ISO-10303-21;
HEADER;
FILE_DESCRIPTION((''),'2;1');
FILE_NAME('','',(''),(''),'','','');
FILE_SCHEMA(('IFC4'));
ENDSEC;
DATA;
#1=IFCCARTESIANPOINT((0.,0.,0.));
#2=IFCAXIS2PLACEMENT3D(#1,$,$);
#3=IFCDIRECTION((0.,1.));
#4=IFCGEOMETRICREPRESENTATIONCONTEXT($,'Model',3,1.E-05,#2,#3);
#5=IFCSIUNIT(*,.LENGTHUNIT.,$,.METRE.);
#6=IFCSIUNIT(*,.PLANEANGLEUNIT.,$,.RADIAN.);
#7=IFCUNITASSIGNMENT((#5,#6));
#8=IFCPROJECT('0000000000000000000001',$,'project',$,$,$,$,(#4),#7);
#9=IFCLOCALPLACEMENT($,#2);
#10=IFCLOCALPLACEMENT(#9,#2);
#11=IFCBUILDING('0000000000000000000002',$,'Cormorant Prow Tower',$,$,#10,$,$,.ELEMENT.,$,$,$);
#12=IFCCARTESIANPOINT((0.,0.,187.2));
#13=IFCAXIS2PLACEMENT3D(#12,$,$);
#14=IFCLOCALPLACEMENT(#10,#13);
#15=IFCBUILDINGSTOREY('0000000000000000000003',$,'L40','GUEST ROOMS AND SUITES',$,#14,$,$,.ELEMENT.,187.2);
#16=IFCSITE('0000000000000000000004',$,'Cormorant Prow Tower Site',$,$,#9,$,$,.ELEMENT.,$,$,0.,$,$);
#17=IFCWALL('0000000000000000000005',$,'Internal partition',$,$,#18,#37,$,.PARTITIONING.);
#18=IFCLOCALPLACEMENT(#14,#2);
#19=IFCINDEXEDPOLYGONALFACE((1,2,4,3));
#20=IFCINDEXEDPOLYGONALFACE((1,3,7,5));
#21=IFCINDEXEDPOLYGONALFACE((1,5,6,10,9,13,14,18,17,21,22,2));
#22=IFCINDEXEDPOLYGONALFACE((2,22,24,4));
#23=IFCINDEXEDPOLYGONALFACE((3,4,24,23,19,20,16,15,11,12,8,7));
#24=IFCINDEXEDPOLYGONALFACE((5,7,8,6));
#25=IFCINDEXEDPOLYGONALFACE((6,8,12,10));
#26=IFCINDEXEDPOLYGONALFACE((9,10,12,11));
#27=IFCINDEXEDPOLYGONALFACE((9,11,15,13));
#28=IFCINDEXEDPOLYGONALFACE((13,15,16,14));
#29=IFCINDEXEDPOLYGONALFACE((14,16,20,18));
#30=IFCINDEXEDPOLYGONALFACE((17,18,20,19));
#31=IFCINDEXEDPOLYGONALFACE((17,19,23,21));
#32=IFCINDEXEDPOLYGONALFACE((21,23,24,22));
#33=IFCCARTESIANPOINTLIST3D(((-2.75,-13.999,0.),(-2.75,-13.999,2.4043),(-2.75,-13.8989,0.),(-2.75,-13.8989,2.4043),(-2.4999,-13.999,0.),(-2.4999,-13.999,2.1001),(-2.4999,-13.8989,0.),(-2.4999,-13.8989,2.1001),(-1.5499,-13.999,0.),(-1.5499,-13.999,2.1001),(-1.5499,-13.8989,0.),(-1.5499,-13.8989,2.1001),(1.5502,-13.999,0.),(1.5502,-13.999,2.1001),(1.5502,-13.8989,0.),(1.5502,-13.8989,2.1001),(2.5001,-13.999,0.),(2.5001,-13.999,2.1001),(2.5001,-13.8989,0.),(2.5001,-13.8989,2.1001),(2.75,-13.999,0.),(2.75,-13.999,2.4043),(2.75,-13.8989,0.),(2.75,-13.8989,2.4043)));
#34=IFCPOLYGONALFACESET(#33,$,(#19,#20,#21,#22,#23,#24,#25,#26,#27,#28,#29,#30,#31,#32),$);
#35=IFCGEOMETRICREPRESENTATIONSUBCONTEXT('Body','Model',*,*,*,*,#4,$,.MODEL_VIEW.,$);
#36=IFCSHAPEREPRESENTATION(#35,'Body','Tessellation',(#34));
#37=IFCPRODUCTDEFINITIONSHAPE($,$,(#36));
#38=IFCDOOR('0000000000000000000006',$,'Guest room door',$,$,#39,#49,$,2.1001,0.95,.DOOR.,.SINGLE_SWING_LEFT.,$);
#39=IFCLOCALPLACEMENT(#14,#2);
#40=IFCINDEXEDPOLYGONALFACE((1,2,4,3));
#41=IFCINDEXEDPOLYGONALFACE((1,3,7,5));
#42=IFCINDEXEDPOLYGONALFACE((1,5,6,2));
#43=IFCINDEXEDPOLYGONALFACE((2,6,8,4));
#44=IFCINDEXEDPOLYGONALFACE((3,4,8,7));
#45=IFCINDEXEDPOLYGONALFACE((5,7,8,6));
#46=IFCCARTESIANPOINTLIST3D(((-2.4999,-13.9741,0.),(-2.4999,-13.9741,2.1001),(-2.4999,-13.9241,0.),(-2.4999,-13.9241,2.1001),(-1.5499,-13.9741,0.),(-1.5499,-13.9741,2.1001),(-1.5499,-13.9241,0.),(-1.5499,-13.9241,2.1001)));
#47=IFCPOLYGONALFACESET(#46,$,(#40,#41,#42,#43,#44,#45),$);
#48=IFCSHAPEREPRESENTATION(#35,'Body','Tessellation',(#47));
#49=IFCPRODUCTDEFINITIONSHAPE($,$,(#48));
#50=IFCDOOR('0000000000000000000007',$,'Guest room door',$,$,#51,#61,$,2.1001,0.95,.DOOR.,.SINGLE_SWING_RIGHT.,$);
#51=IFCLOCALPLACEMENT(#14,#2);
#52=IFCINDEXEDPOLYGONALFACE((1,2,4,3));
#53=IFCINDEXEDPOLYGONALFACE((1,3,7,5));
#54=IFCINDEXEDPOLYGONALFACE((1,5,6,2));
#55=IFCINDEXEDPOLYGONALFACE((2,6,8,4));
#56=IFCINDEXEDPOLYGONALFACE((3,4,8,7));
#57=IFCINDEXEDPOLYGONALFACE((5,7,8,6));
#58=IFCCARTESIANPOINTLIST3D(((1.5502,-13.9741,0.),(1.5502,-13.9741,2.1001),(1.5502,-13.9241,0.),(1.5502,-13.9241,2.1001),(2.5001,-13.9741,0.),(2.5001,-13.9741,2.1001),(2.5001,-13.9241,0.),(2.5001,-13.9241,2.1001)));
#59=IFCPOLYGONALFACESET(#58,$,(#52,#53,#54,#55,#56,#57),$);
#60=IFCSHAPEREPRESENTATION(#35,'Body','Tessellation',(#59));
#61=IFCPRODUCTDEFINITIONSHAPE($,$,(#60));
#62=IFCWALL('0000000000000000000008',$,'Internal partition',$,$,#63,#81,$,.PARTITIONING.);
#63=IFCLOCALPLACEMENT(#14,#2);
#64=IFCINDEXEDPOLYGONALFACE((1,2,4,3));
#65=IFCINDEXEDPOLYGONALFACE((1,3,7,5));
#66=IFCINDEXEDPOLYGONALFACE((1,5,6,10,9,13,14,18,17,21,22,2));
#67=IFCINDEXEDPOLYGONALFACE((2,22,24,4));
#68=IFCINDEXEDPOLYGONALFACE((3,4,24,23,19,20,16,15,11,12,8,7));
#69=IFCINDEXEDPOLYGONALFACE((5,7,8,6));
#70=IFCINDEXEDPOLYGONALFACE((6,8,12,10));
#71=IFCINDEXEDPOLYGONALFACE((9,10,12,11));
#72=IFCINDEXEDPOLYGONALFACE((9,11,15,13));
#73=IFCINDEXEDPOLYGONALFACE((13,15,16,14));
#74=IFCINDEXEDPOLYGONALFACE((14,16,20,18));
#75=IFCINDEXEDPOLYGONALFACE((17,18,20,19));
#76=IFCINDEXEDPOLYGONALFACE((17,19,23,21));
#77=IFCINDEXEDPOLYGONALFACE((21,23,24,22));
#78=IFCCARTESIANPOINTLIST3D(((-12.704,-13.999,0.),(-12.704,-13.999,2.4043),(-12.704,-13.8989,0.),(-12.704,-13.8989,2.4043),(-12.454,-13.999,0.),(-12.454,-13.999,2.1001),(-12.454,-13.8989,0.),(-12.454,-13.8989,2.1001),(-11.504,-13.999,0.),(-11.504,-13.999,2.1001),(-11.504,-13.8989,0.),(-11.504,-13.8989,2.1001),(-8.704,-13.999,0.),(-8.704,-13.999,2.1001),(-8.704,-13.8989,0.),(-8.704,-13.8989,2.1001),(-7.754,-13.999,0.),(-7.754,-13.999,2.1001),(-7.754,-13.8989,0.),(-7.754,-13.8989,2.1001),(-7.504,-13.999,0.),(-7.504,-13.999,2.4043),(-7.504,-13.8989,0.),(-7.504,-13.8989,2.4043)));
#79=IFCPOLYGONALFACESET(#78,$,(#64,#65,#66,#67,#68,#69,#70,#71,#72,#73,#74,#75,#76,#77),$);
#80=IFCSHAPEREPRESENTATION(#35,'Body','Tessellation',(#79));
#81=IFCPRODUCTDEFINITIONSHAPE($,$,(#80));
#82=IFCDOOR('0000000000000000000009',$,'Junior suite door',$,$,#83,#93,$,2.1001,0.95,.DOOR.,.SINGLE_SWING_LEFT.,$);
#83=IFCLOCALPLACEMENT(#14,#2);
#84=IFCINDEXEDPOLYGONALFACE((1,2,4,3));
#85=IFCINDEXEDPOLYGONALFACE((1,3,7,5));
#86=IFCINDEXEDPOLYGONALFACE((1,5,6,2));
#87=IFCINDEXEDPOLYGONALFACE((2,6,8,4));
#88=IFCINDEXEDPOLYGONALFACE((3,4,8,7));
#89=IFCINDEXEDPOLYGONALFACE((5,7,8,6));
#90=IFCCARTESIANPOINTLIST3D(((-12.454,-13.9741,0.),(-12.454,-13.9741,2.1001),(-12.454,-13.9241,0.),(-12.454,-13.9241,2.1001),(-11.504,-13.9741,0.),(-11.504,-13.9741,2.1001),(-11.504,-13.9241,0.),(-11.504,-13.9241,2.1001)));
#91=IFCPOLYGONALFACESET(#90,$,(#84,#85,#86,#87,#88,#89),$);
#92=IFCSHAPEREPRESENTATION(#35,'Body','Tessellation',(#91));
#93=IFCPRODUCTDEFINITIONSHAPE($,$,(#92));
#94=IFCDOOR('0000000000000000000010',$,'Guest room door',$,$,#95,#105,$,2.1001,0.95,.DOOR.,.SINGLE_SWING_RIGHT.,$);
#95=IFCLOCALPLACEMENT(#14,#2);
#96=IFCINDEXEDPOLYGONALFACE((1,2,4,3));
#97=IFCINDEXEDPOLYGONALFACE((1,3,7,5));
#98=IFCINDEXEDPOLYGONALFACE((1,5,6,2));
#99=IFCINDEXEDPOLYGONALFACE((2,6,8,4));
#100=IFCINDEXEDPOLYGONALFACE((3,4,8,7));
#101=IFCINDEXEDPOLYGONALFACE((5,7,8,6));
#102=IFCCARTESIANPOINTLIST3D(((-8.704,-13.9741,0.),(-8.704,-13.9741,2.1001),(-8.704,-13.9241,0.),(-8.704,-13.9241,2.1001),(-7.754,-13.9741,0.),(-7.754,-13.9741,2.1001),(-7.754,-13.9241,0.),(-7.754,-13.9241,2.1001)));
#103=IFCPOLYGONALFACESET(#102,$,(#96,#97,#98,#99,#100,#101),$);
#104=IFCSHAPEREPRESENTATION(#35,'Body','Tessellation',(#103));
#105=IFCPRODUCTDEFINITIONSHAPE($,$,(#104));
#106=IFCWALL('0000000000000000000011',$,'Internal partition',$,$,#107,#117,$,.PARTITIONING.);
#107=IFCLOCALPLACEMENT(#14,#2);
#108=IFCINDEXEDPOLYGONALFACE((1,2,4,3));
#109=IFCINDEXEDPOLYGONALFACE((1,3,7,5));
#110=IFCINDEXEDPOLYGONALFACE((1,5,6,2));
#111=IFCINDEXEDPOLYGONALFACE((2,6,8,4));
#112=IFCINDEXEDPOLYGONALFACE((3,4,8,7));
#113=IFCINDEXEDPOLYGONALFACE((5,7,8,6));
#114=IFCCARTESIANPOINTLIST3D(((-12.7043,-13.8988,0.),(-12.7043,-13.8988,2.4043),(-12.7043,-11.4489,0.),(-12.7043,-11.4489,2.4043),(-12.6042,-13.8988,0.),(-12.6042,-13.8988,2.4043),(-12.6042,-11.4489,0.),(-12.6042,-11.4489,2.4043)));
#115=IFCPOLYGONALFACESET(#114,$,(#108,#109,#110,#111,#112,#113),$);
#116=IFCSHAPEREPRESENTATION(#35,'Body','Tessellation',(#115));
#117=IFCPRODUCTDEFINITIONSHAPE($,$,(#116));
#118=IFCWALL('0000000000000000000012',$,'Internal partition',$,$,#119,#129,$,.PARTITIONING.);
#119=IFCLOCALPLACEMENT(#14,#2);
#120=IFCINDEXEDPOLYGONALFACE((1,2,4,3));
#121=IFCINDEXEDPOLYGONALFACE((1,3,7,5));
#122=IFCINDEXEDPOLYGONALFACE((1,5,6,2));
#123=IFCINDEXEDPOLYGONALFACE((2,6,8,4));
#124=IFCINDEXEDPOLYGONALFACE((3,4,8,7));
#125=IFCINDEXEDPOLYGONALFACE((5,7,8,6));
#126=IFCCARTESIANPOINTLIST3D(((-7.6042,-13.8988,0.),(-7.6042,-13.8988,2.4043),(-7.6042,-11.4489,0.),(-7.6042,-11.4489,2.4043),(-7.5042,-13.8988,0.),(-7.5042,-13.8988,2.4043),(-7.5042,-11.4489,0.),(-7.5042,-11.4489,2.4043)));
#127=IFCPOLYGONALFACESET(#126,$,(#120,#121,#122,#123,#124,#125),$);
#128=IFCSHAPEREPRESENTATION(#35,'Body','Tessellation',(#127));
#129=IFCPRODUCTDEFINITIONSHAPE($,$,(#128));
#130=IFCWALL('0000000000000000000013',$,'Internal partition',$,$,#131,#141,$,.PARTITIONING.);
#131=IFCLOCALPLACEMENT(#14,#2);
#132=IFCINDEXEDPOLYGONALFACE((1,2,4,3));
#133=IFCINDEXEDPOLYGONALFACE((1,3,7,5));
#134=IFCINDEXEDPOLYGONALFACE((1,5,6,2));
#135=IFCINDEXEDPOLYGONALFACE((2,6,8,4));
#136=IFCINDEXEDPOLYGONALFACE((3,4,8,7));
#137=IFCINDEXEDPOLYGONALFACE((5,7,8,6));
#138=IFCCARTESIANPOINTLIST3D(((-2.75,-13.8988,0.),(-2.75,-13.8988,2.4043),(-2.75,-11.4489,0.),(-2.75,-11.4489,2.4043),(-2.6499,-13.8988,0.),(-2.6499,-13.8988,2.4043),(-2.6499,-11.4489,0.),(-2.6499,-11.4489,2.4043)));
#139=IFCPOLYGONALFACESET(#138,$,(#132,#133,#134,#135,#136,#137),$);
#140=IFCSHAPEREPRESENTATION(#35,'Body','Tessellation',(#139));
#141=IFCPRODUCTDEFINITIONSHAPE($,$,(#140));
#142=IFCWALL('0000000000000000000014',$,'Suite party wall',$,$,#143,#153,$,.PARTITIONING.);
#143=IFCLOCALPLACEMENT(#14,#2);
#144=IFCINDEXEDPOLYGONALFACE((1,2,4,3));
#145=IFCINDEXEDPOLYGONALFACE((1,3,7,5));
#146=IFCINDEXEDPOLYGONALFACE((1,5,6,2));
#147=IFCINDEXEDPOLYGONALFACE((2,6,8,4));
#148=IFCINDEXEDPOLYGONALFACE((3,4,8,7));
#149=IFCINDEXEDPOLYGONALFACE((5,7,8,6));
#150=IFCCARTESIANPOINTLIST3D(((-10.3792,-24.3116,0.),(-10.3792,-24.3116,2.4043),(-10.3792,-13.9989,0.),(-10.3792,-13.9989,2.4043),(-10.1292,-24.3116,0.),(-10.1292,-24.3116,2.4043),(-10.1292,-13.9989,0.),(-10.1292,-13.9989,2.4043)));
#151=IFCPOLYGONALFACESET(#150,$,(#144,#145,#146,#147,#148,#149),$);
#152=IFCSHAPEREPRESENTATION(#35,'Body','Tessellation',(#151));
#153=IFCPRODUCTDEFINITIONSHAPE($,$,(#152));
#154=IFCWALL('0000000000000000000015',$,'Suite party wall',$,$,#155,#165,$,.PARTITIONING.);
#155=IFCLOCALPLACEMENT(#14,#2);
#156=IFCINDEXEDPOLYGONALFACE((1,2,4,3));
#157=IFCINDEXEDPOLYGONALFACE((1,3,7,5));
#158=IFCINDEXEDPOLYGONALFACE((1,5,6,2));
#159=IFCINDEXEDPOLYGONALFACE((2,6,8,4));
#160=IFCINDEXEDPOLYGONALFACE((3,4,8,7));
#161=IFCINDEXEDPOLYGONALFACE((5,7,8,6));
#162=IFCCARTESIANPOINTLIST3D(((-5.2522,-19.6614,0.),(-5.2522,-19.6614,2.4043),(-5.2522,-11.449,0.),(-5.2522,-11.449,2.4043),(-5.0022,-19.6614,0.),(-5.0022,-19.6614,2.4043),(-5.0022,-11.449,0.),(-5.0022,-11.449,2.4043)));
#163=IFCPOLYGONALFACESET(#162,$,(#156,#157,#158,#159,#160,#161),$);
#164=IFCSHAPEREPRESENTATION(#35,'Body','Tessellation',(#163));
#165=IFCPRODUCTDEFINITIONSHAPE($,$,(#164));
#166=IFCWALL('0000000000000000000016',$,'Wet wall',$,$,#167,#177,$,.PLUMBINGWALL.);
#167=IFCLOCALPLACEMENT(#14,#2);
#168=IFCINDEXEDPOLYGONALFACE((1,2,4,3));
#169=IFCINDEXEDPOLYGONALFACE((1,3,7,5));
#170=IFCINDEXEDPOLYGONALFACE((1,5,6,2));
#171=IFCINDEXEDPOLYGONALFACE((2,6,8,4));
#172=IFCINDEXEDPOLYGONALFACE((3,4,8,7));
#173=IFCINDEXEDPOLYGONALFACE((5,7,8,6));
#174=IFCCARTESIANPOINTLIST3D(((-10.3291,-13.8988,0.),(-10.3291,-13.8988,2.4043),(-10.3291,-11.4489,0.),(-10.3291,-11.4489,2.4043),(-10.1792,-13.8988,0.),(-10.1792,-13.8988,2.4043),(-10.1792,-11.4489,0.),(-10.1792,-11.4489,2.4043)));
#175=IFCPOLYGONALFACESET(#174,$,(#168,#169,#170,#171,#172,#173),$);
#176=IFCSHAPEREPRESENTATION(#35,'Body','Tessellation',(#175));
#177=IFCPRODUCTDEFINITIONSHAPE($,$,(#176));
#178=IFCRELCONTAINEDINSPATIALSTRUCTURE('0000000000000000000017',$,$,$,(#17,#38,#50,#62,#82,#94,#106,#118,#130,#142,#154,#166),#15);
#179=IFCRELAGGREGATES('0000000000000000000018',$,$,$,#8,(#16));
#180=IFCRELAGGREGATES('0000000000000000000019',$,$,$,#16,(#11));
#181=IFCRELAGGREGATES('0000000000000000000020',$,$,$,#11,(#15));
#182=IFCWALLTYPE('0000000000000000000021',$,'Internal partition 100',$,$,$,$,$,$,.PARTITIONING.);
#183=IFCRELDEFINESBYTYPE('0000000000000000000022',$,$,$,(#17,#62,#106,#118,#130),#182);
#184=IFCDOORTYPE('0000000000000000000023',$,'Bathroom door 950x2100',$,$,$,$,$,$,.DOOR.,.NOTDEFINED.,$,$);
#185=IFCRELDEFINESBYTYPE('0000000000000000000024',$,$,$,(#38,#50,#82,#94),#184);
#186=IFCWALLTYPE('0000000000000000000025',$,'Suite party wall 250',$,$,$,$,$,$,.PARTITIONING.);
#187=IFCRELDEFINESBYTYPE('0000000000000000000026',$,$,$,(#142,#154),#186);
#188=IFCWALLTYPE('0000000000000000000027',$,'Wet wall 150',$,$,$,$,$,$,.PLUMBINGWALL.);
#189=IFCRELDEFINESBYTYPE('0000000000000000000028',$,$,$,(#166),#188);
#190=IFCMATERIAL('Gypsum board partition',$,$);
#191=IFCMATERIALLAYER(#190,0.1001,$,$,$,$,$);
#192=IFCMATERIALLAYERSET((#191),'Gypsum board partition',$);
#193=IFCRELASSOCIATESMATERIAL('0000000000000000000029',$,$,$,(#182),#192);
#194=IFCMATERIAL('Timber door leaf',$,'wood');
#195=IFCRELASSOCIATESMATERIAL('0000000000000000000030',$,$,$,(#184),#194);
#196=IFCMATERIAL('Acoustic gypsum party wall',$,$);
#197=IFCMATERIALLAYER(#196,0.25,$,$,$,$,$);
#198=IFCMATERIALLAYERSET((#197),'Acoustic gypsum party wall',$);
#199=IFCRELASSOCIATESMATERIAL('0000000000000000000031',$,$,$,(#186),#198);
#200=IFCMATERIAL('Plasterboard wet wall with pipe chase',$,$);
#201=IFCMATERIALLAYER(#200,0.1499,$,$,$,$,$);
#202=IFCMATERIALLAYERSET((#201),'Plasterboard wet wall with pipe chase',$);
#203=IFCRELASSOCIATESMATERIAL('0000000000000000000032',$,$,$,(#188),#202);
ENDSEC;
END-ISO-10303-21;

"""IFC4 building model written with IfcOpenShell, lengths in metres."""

from ifc_helpers import new_model, si_unit, direction, frame, frame_2d, origin, place, context, subcontext, project, spatial, rectangle, extrude, material, layer, layer_set, type_object, element, fill, save


model = new_model("IFC4")

# Units and contexts
model_context = context("Model", 3, precision=1e-05, world=origin(), true_north=direction((0.0, 1.0)))
body_context = subcontext(model_context, "Body", "Model", "MODEL_VIEW")
ifc_project = project(units=[si_unit("LENGTHUNIT", "METRE"), si_unit("PLANEANGLEUNIT", "RADIAN")], contexts=[model_context])

# Site, building, storey
site_placement = place(None, origin())
site = spatial("IfcSite", under=ifc_project, at=site_placement, Name="Cormorant Prow Tower Site", CompositionType="ELEMENT", RefElevation=0.0)
building_placement = place(site_placement, origin())
building = spatial("IfcBuilding", under=site, at=building_placement, Name="Cormorant Prow Tower", CompositionType="ELEMENT")
storey_placement = place(building_placement, frame((0.0, 0.0, 187.2)))
storey = spatial("IfcBuildingStorey", under=building, at=storey_placement, Name="L40", Description="GUEST ROOMS AND SUITES", CompositionType="ELEMENT", Elevation=187.2)

# Walls, openings, doors
ifc_material_1 = material(Name="Gypsum board partition")
ifc_layer_1 = layer(ifc_material_1, 0.1001)
ifc_layer_set_1 = layer_set([ifc_layer_1], Name="Gypsum board partition")
wall_type_1 = type_object("IfcWallType", Name="Internal partition 100", PredefinedType="PARTITIONING", material=ifc_layer_set_1)
wall_1_placement = place(storey_placement, frame((-2.75, -13.949, 0.0), z_axis=(0.0, 0.0, 1.0), x_axis=(1.0, 0.0, 0.0)))
wall_1 = element("IfcWall", 1, at=wall_1_placement, inside=storey, type_object=wall_type_1, Name="Internal partition", PredefinedType="PARTITIONING", context=body_context, shape_type="SweptSolid", body=[
    extrude(rectangle(XDim=5.5, YDim=0.1001, at=frame_2d((2.75, 0.0))), origin(), (0.0, 0.0, 1.0), 2.4043),
])
opening_1_placement = place(wall_1_placement, frame((0.25, 0.0, 0.0)))
opening_1 = element("IfcOpeningElement", 2, at=opening_1_placement, cuts=wall_1, PredefinedType="OPENING", context=body_context, shape_type="SweptSolid", body=[
    extrude(rectangle(XDim=0.95, YDim=2.1001, at=frame_2d((0.4751, 1.05))), frame((0.0, 0.0601, 0.0), z_axis=(0.0, -1.0, 0.0), x_axis=(1.0, 0.0, 0.0)), (0.0, 0.0, 1.0), 0.1201),
])
opening_2_placement = place(wall_1_placement, frame((4.3, 0.0, 0.0)))
opening_2 = element("IfcOpeningElement", 3, at=opening_2_placement, cuts=wall_1, PredefinedType="OPENING", context=body_context, shape_type="SweptSolid", body=[
    extrude(rectangle(XDim=0.95, YDim=2.1001, at=frame_2d((0.4751, 1.05))), frame((0.0, 0.0601, 0.0), z_axis=(0.0, -1.0, 0.0), x_axis=(1.0, 0.0, 0.0)), (0.0, 0.0, 1.0), 0.1201),
])
ifc_material_2 = material(Name="Timber door leaf", Category="wood")
door_type_1 = type_object("IfcDoorType", Name="Bathroom door 950x2100", OperationType="NOTDEFINED", PredefinedType="DOOR", material=ifc_material_2)
door_1_placement = place(opening_1_placement, origin())
door_1 = element("IfcDoor", 4, at=door_1_placement, inside=storey, type_object=door_type_1, Name="Guest room door", OperationType="SINGLE_SWING_LEFT", OverallHeight=2.1001, OverallWidth=0.95, PredefinedType="DOOR", context=body_context, shape_type="SweptSolid", body=[
    extrude(rectangle(XDim=0.95, YDim=2.1001, at=frame_2d((0.4751, 1.05))), frame((0.0, 0.0249, 0.0), z_axis=(0.0, -1.0, 0.0), x_axis=(1.0, 0.0, 0.0)), (0.0, 0.0, 1.0), 0.05),
])
fill(opening_1, door_1)
door_2_placement = place(opening_2_placement, origin())
door_2 = element("IfcDoor", 5, at=door_2_placement, inside=storey, type_object=door_type_1, Name="Guest room door", OperationType="SINGLE_SWING_RIGHT", OverallHeight=2.1001, OverallWidth=0.95, PredefinedType="DOOR", context=body_context, shape_type="SweptSolid", body=[
    extrude(rectangle(XDim=0.95, YDim=2.1001, at=frame_2d((0.4751, 1.05))), frame((0.0, 0.0249, 0.0), z_axis=(0.0, -1.0, 0.0), x_axis=(1.0, 0.0, 0.0)), (0.0, 0.0, 1.0), 0.05),
])
fill(opening_2, door_2)
wall_2_placement = place(storey_placement, frame((-12.7041, -13.949, 0.0), z_axis=(0.0, 0.0, 1.0), x_axis=(1.0, 0.0, 0.0)))
wall_2 = element("IfcWall", 6, at=wall_2_placement, inside=storey, type_object=wall_type_1, Name="Internal partition", PredefinedType="PARTITIONING", context=body_context, shape_type="SweptSolid", body=[
    extrude(rectangle(XDim=5.2, YDim=0.1001, at=frame_2d((2.6001, 0.0))), origin(), (0.0, 0.0, 1.0), 2.4043),
])
opening_3_placement = place(wall_2_placement, frame((0.25, 0.0, 0.0)))
opening_3 = element("IfcOpeningElement", 7, at=opening_3_placement, cuts=wall_2, PredefinedType="OPENING", context=body_context, shape_type="SweptSolid", body=[
    extrude(rectangle(XDim=0.95, YDim=2.1001, at=frame_2d((0.4751, 1.05))), frame((0.0, 0.0601, 0.0), z_axis=(0.0, -1.0, 0.0), x_axis=(1.0, 0.0, 0.0)), (0.0, 0.0, 1.0), 0.1201),
])
opening_4_placement = place(wall_2_placement, frame((4.0, 0.0, 0.0)))
opening_4 = element("IfcOpeningElement", 8, at=opening_4_placement, cuts=wall_2, PredefinedType="OPENING", context=body_context, shape_type="SweptSolid", body=[
    extrude(rectangle(XDim=0.95, YDim=2.1001, at=frame_2d((0.4751, 1.05))), frame((0.0, 0.0601, 0.0), z_axis=(0.0, -1.0, 0.0), x_axis=(1.0, 0.0, 0.0)), (0.0, 0.0, 1.0), 0.1201),
])
door_3_placement = place(opening_3_placement, origin())
door_3 = element("IfcDoor", 9, at=door_3_placement, inside=storey, type_object=door_type_1, Name="Junior suite door", OperationType="SINGLE_SWING_LEFT", OverallHeight=2.1001, OverallWidth=0.95, PredefinedType="DOOR", context=body_context, shape_type="SweptSolid", body=[
    extrude(rectangle(XDim=0.95, YDim=2.1001, at=frame_2d((0.4751, 1.05))), frame((0.0, 0.0249, 0.0), z_axis=(0.0, -1.0, 0.0), x_axis=(1.0, 0.0, 0.0)), (0.0, 0.0, 1.0), 0.05),
])
fill(opening_3, door_3)
door_4_placement = place(opening_4_placement, origin())
door_4 = element("IfcDoor", 10, at=door_4_placement, inside=storey, type_object=door_type_1, Name="Guest room door", OperationType="SINGLE_SWING_RIGHT", OverallHeight=2.1001, OverallWidth=0.95, PredefinedType="DOOR", context=body_context, shape_type="SweptSolid", body=[
    extrude(rectangle(XDim=0.95, YDim=2.1001, at=frame_2d((0.4751, 1.05))), frame((0.0, 0.0249, 0.0), z_axis=(0.0, -1.0, 0.0), x_axis=(1.0, 0.0, 0.0)), (0.0, 0.0, 1.0), 0.05),
])
fill(opening_4, door_4)

# Walls
for number, where, z_axis, x_axis, name in (
    (11, (-12.6543, -13.8989, 0.0), (0.0, 0.0, 1.0), (0.0, 1.0, 0.0), "Internal partition"),
    (12, (-7.5542, -13.8989, 0.0), (0.0, 0.0, 1.0), (0.0, 1.0, 0.0), "Internal partition"),
    (13, (-2.7, -13.8989, 0.0), (0.0, 0.0, 1.0), (0.0, 1.0, 0.0), "Internal partition"),
):
    element("IfcWall", number, at=place(storey_placement, frame(where, z_axis=z_axis, x_axis=x_axis)), inside=storey, type_object=wall_type_1, Name=name, PredefinedType="PARTITIONING", context=body_context, shape_type="SweptSolid", body=[
        extrude(rectangle(XDim=2.45, YDim=0.1001, at=frame_2d((1.2251, 0.0))), origin(), (0.0, 0.0, 1.0), 2.4043),
    ])
ifc_material_3 = material(Name="Acoustic gypsum party wall")
ifc_layer_2 = layer(ifc_material_3, 0.25)
ifc_layer_set_2 = layer_set([ifc_layer_2], Name="Acoustic gypsum party wall")
wall_type_2 = type_object("IfcWallType", Name="Suite party wall 250", PredefinedType="PARTITIONING", material=ifc_layer_set_2)
wall_3_placement = place(storey_placement, frame((-10.2542, -24.3115, 0.0), z_axis=(0.0, 0.0, 1.0), x_axis=(0.0, 1.0, 0.0)))
element("IfcWall", 14, at=wall_3_placement, inside=storey, type_object=wall_type_2, Name="Suite party wall", PredefinedType="PARTITIONING", context=body_context, shape_type="SweptSolid", body=[
    extrude(rectangle(XDim=10.3127, YDim=0.25, at=frame_2d((5.1562, 0.0))), origin(), (0.0, 0.0, 1.0), 2.4043),
])
wall_4_placement = place(storey_placement, frame((-5.1272, -19.6614, 0.0), z_axis=(0.0, 0.0, 1.0), x_axis=(0.0, 1.0, 0.0)))
element("IfcWall", 15, at=wall_4_placement, inside=storey, type_object=wall_type_2, Name="Suite party wall", PredefinedType="PARTITIONING", context=body_context, shape_type="SweptSolid", body=[
    extrude(rectangle(XDim=8.2124, YDim=0.25, at=frame_2d((4.1062, 0.0))), origin(), (0.0, 0.0, 1.0), 2.4043),
])

# Wall
ifc_material_4 = material(Name="Plasterboard wet wall with pipe chase")
ifc_layer_3 = layer(ifc_material_4, 0.1499)
ifc_layer_set_3 = layer_set([ifc_layer_3], Name="Plasterboard wet wall with pipe chase")
wall_type_3 = type_object("IfcWallType", Name="Wet wall 150", PredefinedType="PLUMBINGWALL", material=ifc_layer_set_3)
wall_5_placement = place(storey_placement, frame((-10.2542, -13.8989, 0.0), z_axis=(0.0, 0.0, 1.0), x_axis=(0.0, 1.0, 0.0)))
element("IfcWall", 16, at=wall_5_placement, inside=storey, type_object=wall_type_3, Name="Wet wall", PredefinedType="PLUMBINGWALL", context=body_context, shape_type="SweptSolid", body=[
    extrude(rectangle(XDim=2.45, YDim=0.1499, at=frame_2d((1.2251, 0.0))), origin(), (0.0, 0.0, 1.0), 2.4043),
])

save(model, "model.ifc")
